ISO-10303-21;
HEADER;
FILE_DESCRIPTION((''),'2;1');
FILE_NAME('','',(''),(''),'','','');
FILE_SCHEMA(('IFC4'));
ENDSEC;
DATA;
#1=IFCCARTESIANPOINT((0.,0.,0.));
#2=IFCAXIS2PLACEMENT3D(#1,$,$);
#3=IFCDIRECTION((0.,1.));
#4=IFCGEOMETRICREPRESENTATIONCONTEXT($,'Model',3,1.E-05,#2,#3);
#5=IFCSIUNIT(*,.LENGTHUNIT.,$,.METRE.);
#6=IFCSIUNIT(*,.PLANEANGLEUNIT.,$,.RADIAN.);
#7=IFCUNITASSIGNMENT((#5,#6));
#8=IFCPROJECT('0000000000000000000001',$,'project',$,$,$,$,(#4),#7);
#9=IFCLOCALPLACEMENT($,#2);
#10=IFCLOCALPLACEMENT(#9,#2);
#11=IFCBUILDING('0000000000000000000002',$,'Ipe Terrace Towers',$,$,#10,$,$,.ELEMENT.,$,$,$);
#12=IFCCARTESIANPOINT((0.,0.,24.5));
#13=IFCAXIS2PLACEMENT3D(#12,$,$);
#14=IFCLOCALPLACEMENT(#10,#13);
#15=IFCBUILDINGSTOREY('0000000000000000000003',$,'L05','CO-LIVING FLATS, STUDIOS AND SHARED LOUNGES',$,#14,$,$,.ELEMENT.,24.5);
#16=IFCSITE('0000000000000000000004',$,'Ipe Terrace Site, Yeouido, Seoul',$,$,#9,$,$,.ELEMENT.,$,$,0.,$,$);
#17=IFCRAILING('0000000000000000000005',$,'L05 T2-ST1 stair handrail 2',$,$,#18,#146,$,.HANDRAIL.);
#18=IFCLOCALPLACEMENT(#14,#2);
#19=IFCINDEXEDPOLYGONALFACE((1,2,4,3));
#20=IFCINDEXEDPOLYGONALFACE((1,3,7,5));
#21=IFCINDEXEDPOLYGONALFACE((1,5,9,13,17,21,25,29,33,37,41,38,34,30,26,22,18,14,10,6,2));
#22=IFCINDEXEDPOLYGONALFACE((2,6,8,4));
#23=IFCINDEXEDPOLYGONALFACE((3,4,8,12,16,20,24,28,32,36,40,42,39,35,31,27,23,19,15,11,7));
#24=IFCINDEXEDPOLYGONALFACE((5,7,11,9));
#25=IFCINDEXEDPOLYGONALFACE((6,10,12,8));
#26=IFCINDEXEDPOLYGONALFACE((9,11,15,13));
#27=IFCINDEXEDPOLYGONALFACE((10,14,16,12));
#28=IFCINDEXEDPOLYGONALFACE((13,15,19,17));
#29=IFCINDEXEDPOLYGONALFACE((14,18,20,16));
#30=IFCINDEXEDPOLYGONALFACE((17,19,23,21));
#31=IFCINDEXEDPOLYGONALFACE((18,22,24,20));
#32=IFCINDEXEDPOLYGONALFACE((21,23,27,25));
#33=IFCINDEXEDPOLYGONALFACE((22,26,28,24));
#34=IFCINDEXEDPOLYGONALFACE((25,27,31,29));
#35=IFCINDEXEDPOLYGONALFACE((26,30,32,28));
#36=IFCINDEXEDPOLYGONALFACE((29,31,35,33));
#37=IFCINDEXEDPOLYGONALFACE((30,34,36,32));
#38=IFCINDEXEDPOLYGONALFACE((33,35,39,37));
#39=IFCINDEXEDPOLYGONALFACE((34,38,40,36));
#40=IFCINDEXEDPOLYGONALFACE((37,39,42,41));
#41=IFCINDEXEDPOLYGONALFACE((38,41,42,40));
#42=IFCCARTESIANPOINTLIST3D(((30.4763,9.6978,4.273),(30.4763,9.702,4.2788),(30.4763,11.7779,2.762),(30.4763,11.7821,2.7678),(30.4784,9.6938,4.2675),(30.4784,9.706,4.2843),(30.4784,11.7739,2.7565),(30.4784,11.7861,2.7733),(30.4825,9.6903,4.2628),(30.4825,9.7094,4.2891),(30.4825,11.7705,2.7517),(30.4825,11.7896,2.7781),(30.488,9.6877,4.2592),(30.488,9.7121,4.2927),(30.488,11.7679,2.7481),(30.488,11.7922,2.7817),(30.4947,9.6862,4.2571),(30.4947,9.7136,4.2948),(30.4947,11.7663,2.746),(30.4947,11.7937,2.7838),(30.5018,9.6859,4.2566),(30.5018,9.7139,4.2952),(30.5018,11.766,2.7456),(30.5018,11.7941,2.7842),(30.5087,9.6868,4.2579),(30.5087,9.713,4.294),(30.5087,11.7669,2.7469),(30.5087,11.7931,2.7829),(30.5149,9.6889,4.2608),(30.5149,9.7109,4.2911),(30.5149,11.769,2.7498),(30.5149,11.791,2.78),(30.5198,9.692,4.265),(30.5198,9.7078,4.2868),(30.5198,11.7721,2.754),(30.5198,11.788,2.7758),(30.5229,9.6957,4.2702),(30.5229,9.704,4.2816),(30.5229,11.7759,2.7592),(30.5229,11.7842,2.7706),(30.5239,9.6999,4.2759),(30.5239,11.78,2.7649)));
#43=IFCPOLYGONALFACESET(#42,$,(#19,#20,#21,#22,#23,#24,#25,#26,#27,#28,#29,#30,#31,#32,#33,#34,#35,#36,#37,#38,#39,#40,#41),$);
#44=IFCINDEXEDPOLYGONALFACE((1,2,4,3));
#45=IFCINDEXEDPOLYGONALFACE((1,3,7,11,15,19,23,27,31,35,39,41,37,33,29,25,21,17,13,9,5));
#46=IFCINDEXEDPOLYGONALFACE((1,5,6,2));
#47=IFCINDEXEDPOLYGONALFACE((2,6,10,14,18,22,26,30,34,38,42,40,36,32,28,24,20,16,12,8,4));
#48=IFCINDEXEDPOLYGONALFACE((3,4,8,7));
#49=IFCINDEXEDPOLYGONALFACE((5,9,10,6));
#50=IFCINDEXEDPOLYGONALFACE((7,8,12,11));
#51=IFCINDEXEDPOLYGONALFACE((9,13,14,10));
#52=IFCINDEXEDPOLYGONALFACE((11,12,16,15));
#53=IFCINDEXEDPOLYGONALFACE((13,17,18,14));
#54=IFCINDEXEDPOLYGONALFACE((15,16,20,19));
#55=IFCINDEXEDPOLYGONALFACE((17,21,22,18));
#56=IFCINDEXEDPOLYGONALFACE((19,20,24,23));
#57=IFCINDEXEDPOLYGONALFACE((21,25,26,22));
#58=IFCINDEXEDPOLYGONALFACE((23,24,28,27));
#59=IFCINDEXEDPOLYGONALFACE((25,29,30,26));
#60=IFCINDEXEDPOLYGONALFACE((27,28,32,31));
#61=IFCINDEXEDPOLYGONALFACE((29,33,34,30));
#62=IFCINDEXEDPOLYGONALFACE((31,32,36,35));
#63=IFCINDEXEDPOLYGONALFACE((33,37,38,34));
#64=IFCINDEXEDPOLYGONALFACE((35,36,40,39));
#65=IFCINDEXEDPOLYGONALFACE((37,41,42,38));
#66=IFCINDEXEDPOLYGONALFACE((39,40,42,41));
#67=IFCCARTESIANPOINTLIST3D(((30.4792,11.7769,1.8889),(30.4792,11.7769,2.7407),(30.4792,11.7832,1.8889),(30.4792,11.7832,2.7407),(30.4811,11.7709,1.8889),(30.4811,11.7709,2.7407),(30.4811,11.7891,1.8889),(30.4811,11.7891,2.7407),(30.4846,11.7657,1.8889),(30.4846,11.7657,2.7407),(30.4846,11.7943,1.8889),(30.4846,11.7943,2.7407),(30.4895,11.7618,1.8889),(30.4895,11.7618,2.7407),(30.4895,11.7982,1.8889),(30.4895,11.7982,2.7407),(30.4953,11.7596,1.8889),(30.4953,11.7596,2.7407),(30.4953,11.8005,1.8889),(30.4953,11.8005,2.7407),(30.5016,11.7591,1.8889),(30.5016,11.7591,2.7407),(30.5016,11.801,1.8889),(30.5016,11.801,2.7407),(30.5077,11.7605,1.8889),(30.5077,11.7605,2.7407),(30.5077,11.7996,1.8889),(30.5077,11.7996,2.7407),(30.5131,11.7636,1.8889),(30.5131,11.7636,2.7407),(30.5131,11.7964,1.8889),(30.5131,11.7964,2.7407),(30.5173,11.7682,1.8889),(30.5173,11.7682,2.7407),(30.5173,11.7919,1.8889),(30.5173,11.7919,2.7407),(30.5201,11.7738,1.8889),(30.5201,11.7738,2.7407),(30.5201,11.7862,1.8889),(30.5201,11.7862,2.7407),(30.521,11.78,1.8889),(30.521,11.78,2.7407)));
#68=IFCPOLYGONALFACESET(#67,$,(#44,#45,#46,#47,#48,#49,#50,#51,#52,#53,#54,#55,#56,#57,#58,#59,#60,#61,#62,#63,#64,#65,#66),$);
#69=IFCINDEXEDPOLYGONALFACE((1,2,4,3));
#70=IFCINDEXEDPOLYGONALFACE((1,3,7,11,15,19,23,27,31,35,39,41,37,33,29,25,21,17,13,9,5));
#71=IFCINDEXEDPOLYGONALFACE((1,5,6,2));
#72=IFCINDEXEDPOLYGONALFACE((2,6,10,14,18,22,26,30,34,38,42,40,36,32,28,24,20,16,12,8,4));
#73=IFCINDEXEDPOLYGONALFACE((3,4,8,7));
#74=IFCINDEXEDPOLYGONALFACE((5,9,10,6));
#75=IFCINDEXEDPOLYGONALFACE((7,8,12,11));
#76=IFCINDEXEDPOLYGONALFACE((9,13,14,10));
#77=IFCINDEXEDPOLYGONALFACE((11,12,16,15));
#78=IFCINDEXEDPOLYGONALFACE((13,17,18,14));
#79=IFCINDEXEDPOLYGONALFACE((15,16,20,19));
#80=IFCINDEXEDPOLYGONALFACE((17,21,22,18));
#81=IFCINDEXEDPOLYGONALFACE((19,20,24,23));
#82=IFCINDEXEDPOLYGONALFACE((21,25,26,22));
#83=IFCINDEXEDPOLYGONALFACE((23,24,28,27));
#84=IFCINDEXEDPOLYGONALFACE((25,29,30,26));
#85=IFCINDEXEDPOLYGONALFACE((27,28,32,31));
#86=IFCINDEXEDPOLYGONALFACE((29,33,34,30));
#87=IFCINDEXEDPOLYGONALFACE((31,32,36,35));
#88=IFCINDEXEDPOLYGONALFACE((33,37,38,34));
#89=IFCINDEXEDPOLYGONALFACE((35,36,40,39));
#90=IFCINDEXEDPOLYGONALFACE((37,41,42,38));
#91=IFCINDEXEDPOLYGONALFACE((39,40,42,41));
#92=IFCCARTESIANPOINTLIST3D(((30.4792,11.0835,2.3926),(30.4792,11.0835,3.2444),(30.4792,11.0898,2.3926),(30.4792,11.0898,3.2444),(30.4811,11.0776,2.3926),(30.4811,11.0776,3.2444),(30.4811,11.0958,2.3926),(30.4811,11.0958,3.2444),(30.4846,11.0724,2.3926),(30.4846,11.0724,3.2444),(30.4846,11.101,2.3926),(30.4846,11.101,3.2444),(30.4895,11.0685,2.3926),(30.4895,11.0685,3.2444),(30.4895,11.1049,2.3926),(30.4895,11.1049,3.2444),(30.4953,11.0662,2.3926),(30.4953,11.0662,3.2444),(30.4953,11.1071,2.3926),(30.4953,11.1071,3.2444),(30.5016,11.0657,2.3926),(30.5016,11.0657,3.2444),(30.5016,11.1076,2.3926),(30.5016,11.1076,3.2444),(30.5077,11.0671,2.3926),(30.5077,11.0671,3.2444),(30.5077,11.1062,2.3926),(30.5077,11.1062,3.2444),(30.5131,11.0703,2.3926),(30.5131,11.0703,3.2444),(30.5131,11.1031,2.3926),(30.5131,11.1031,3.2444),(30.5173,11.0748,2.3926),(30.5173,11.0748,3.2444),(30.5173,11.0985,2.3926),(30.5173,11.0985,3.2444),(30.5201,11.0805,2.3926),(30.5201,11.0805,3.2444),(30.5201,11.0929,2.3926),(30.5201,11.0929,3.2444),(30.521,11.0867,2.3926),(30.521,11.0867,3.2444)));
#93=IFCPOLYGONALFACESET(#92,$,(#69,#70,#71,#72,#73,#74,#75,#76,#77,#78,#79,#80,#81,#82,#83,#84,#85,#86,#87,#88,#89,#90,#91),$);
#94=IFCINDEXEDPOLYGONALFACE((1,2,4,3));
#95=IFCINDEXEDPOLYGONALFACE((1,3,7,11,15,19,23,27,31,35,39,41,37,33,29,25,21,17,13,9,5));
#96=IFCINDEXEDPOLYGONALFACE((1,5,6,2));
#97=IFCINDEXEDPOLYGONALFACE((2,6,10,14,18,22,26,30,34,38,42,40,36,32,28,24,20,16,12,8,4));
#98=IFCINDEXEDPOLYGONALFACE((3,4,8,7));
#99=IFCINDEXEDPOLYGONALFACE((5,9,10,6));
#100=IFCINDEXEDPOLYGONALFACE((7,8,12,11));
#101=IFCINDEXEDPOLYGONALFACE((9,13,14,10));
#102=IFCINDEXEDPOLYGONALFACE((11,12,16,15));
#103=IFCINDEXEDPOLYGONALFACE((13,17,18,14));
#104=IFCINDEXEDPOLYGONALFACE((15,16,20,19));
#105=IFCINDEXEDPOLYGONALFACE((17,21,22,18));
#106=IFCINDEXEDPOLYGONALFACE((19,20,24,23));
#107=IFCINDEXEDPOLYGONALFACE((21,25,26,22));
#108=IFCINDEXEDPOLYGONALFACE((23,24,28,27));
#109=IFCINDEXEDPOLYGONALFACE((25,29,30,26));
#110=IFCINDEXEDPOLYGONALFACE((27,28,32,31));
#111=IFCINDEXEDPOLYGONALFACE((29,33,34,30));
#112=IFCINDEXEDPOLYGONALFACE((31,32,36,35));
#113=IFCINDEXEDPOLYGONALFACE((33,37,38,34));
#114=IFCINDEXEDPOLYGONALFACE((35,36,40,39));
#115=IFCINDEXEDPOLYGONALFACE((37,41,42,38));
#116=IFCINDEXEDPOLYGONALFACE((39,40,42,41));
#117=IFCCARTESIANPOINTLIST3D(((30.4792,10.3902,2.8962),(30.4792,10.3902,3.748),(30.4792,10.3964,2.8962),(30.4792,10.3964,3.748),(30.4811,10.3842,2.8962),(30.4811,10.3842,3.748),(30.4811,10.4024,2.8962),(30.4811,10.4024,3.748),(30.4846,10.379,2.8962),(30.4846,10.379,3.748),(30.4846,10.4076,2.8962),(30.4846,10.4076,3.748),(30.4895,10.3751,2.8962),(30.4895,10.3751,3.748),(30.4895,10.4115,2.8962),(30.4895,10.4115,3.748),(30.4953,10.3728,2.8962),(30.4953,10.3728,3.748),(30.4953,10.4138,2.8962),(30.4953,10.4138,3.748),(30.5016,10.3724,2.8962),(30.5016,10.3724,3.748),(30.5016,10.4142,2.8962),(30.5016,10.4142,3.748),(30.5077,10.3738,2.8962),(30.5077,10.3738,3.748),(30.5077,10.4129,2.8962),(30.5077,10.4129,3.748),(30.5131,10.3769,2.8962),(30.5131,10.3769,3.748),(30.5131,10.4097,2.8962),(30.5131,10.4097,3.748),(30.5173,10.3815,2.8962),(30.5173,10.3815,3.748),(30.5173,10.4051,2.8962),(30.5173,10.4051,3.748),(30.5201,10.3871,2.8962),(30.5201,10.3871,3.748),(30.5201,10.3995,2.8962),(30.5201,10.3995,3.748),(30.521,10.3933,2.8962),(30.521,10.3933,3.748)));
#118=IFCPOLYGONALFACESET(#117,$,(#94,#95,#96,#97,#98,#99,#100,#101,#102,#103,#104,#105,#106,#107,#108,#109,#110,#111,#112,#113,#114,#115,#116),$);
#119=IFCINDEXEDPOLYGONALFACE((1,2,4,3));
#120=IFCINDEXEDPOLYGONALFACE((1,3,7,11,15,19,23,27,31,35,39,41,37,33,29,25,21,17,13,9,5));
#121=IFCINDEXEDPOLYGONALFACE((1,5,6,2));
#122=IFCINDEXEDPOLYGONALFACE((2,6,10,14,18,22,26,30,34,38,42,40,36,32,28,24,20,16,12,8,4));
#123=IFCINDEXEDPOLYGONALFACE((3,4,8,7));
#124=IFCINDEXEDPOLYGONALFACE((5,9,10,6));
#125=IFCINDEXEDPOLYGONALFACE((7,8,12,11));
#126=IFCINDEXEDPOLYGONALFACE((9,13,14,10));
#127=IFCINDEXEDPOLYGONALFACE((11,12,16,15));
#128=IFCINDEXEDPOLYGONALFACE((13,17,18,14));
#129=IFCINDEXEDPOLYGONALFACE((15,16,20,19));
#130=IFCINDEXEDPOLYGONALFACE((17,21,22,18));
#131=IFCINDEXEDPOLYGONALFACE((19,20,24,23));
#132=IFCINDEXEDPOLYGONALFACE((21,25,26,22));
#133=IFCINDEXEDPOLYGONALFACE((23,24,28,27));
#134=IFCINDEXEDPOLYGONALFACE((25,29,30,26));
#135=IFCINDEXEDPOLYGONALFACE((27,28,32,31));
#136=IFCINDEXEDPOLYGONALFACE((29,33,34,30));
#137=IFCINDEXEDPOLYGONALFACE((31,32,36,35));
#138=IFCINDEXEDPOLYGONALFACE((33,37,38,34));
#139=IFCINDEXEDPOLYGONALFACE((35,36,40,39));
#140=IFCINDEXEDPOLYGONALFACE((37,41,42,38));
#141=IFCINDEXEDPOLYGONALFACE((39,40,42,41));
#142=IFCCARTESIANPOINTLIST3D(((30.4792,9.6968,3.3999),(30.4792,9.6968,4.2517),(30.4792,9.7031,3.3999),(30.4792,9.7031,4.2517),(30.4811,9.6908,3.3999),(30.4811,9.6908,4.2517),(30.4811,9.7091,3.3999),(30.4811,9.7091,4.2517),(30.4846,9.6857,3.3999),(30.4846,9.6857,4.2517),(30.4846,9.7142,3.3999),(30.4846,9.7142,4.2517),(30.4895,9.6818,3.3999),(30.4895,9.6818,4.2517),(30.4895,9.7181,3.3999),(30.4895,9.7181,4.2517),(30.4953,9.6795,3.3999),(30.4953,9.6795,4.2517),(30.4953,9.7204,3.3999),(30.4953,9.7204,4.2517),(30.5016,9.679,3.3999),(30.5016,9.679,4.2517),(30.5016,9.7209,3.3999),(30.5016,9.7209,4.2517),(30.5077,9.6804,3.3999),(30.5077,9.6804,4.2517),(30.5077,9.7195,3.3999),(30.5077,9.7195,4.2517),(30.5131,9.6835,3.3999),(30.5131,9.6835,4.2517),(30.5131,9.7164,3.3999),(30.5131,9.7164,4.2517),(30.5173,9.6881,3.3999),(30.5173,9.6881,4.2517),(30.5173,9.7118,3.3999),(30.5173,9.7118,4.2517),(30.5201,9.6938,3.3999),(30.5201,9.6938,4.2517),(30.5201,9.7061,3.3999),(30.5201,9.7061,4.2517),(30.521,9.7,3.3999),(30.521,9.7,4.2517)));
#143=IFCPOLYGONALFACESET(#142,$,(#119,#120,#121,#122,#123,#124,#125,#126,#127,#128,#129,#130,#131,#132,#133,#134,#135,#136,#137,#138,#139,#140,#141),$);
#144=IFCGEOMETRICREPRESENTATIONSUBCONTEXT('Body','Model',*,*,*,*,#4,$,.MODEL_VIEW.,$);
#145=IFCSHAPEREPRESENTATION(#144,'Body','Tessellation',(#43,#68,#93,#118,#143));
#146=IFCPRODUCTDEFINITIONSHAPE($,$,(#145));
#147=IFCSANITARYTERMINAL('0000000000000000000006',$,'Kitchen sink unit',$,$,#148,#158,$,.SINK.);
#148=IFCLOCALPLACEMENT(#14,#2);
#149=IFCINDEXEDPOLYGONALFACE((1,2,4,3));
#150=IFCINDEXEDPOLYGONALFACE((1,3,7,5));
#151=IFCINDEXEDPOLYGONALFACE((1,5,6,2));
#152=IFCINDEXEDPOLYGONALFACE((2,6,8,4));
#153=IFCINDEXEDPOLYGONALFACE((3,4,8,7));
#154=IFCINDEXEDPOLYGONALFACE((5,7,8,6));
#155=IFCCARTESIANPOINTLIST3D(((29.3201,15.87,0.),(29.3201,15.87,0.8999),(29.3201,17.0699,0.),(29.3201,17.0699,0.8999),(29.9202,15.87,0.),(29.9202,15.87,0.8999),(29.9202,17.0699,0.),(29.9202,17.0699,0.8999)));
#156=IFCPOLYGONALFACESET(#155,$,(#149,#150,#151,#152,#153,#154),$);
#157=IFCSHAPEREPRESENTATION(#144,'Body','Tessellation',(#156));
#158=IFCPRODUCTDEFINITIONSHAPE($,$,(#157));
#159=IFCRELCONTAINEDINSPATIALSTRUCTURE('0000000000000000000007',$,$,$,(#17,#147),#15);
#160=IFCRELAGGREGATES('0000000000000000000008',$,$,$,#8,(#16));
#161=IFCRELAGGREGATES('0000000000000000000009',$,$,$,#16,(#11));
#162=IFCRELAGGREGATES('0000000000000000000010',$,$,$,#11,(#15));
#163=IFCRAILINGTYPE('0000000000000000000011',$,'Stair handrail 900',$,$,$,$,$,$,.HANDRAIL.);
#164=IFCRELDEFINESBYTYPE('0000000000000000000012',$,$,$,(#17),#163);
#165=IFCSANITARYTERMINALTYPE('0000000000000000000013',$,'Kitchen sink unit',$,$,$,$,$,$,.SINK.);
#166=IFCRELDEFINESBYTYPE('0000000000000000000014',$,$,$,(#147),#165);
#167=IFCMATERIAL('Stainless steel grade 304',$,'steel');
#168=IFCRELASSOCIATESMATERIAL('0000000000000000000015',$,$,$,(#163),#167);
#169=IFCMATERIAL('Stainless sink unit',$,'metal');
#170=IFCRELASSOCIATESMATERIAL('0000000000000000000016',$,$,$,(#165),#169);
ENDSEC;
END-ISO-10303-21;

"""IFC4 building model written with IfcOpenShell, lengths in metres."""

from ifc_helpers import new_model, si_unit, direction, frame, origin, origin_2d, place, context, subcontext, project, spatial, rectangle, circle, extrude, material, type_object, element, save


model = new_model("IFC4")

# Units and contexts
model_context = context("Model", 3, precision=1e-05, world=origin(), true_north=direction((0.0, 1.0)))
body_context = subcontext(model_context, "Body", "Model", "MODEL_VIEW")
ifc_project = project(units=[si_unit("LENGTHUNIT", "METRE"), si_unit("PLANEANGLEUNIT", "RADIAN")], contexts=[model_context])

# Site, building, storey
site_placement = place(None, origin())
site = spatial("IfcSite", under=ifc_project, at=site_placement, Name="Ipe Terrace Site, Yeouido, Seoul", CompositionType="ELEMENT", RefElevation=0.0)
building_placement = place(site_placement, origin())
building = spatial("IfcBuilding", under=site, at=building_placement, Name="Ipe Terrace Towers", CompositionType="ELEMENT")
storey_placement = place(building_placement, frame((0.0, 0.0, 24.5)))
storey = spatial("IfcBuildingStorey", under=building, at=storey_placement, Name="L05", Description="CO-LIVING FLATS, STUDIOS AND SHARED LOUNGES", CompositionType="ELEMENT", Elevation=24.5)

# Railing
ifc_material_1 = material(Name="Stainless steel grade 304", Category="steel")
railing_type = type_object("IfcRailingType", Name="Stair handrail 900", PredefinedType="HANDRAIL", material=ifc_material_1)
railing_placement = place(storey_placement, frame((30.5, 11.78, 1.8889)))
element("IfcRailing", 1, at=railing_placement, inside=storey, type_object=railing_type, Name="L05 T2-ST1 stair handrail 2", PredefinedType="HANDRAIL", context=body_context, shape_type="SweptSolid", body=[
    extrude(circle(Radius=0.0239, at=origin_2d()), frame((0.0, 0.0, 0.876), z_axis=(0.0, -0.809069, 0.587714), x_axis=(1.0, 0.0, 0.0)), (0.0, 0.0, 1.0), 2.571),
    extrude(circle(Radius=0.021, at=origin_2d()), origin(), (0.0, 0.0, 1.0), 0.8518),
    extrude(circle(Radius=0.021, at=origin_2d()), frame((0.0, -0.6934, 0.5037)), (0.0, 0.0, 1.0), 0.8518),
    extrude(circle(Radius=0.021, at=origin_2d()), frame((0.0, -1.3867, 1.0073)), (0.0, 0.0, 1.0), 0.8518),
    extrude(circle(Radius=0.021, at=origin_2d()), frame((0.0, -2.0801, 1.511)), (0.0, 0.0, 1.0), 0.8518),
])

# Sanitary terminal
ifc_material_2 = material(Name="Stainless sink unit", Category="metal")
sanitary_terminal_type = type_object("IfcSanitaryTerminalType", Name="Kitchen sink unit", PredefinedType="SINK", material=ifc_material_2)
sanitary_terminal_placement = place(storey_placement, frame((29.6201, 16.47, 0.0), z_axis=(0.0, 0.0, 1.0), x_axis=(0.0, 1.0, 0.0)))
element("IfcSanitaryTerminal", 2, at=sanitary_terminal_placement, inside=storey, type_object=sanitary_terminal_type, Name="Kitchen sink unit", PredefinedType="SINK", context=body_context, shape_type="SweptSolid", body=[
    extrude(rectangle(XDim=1.2, YDim=0.6001, at=origin_2d()), origin(), (0.0, 0.0, 1.0), 0.8999),
])

save(model, "model.ifc")
